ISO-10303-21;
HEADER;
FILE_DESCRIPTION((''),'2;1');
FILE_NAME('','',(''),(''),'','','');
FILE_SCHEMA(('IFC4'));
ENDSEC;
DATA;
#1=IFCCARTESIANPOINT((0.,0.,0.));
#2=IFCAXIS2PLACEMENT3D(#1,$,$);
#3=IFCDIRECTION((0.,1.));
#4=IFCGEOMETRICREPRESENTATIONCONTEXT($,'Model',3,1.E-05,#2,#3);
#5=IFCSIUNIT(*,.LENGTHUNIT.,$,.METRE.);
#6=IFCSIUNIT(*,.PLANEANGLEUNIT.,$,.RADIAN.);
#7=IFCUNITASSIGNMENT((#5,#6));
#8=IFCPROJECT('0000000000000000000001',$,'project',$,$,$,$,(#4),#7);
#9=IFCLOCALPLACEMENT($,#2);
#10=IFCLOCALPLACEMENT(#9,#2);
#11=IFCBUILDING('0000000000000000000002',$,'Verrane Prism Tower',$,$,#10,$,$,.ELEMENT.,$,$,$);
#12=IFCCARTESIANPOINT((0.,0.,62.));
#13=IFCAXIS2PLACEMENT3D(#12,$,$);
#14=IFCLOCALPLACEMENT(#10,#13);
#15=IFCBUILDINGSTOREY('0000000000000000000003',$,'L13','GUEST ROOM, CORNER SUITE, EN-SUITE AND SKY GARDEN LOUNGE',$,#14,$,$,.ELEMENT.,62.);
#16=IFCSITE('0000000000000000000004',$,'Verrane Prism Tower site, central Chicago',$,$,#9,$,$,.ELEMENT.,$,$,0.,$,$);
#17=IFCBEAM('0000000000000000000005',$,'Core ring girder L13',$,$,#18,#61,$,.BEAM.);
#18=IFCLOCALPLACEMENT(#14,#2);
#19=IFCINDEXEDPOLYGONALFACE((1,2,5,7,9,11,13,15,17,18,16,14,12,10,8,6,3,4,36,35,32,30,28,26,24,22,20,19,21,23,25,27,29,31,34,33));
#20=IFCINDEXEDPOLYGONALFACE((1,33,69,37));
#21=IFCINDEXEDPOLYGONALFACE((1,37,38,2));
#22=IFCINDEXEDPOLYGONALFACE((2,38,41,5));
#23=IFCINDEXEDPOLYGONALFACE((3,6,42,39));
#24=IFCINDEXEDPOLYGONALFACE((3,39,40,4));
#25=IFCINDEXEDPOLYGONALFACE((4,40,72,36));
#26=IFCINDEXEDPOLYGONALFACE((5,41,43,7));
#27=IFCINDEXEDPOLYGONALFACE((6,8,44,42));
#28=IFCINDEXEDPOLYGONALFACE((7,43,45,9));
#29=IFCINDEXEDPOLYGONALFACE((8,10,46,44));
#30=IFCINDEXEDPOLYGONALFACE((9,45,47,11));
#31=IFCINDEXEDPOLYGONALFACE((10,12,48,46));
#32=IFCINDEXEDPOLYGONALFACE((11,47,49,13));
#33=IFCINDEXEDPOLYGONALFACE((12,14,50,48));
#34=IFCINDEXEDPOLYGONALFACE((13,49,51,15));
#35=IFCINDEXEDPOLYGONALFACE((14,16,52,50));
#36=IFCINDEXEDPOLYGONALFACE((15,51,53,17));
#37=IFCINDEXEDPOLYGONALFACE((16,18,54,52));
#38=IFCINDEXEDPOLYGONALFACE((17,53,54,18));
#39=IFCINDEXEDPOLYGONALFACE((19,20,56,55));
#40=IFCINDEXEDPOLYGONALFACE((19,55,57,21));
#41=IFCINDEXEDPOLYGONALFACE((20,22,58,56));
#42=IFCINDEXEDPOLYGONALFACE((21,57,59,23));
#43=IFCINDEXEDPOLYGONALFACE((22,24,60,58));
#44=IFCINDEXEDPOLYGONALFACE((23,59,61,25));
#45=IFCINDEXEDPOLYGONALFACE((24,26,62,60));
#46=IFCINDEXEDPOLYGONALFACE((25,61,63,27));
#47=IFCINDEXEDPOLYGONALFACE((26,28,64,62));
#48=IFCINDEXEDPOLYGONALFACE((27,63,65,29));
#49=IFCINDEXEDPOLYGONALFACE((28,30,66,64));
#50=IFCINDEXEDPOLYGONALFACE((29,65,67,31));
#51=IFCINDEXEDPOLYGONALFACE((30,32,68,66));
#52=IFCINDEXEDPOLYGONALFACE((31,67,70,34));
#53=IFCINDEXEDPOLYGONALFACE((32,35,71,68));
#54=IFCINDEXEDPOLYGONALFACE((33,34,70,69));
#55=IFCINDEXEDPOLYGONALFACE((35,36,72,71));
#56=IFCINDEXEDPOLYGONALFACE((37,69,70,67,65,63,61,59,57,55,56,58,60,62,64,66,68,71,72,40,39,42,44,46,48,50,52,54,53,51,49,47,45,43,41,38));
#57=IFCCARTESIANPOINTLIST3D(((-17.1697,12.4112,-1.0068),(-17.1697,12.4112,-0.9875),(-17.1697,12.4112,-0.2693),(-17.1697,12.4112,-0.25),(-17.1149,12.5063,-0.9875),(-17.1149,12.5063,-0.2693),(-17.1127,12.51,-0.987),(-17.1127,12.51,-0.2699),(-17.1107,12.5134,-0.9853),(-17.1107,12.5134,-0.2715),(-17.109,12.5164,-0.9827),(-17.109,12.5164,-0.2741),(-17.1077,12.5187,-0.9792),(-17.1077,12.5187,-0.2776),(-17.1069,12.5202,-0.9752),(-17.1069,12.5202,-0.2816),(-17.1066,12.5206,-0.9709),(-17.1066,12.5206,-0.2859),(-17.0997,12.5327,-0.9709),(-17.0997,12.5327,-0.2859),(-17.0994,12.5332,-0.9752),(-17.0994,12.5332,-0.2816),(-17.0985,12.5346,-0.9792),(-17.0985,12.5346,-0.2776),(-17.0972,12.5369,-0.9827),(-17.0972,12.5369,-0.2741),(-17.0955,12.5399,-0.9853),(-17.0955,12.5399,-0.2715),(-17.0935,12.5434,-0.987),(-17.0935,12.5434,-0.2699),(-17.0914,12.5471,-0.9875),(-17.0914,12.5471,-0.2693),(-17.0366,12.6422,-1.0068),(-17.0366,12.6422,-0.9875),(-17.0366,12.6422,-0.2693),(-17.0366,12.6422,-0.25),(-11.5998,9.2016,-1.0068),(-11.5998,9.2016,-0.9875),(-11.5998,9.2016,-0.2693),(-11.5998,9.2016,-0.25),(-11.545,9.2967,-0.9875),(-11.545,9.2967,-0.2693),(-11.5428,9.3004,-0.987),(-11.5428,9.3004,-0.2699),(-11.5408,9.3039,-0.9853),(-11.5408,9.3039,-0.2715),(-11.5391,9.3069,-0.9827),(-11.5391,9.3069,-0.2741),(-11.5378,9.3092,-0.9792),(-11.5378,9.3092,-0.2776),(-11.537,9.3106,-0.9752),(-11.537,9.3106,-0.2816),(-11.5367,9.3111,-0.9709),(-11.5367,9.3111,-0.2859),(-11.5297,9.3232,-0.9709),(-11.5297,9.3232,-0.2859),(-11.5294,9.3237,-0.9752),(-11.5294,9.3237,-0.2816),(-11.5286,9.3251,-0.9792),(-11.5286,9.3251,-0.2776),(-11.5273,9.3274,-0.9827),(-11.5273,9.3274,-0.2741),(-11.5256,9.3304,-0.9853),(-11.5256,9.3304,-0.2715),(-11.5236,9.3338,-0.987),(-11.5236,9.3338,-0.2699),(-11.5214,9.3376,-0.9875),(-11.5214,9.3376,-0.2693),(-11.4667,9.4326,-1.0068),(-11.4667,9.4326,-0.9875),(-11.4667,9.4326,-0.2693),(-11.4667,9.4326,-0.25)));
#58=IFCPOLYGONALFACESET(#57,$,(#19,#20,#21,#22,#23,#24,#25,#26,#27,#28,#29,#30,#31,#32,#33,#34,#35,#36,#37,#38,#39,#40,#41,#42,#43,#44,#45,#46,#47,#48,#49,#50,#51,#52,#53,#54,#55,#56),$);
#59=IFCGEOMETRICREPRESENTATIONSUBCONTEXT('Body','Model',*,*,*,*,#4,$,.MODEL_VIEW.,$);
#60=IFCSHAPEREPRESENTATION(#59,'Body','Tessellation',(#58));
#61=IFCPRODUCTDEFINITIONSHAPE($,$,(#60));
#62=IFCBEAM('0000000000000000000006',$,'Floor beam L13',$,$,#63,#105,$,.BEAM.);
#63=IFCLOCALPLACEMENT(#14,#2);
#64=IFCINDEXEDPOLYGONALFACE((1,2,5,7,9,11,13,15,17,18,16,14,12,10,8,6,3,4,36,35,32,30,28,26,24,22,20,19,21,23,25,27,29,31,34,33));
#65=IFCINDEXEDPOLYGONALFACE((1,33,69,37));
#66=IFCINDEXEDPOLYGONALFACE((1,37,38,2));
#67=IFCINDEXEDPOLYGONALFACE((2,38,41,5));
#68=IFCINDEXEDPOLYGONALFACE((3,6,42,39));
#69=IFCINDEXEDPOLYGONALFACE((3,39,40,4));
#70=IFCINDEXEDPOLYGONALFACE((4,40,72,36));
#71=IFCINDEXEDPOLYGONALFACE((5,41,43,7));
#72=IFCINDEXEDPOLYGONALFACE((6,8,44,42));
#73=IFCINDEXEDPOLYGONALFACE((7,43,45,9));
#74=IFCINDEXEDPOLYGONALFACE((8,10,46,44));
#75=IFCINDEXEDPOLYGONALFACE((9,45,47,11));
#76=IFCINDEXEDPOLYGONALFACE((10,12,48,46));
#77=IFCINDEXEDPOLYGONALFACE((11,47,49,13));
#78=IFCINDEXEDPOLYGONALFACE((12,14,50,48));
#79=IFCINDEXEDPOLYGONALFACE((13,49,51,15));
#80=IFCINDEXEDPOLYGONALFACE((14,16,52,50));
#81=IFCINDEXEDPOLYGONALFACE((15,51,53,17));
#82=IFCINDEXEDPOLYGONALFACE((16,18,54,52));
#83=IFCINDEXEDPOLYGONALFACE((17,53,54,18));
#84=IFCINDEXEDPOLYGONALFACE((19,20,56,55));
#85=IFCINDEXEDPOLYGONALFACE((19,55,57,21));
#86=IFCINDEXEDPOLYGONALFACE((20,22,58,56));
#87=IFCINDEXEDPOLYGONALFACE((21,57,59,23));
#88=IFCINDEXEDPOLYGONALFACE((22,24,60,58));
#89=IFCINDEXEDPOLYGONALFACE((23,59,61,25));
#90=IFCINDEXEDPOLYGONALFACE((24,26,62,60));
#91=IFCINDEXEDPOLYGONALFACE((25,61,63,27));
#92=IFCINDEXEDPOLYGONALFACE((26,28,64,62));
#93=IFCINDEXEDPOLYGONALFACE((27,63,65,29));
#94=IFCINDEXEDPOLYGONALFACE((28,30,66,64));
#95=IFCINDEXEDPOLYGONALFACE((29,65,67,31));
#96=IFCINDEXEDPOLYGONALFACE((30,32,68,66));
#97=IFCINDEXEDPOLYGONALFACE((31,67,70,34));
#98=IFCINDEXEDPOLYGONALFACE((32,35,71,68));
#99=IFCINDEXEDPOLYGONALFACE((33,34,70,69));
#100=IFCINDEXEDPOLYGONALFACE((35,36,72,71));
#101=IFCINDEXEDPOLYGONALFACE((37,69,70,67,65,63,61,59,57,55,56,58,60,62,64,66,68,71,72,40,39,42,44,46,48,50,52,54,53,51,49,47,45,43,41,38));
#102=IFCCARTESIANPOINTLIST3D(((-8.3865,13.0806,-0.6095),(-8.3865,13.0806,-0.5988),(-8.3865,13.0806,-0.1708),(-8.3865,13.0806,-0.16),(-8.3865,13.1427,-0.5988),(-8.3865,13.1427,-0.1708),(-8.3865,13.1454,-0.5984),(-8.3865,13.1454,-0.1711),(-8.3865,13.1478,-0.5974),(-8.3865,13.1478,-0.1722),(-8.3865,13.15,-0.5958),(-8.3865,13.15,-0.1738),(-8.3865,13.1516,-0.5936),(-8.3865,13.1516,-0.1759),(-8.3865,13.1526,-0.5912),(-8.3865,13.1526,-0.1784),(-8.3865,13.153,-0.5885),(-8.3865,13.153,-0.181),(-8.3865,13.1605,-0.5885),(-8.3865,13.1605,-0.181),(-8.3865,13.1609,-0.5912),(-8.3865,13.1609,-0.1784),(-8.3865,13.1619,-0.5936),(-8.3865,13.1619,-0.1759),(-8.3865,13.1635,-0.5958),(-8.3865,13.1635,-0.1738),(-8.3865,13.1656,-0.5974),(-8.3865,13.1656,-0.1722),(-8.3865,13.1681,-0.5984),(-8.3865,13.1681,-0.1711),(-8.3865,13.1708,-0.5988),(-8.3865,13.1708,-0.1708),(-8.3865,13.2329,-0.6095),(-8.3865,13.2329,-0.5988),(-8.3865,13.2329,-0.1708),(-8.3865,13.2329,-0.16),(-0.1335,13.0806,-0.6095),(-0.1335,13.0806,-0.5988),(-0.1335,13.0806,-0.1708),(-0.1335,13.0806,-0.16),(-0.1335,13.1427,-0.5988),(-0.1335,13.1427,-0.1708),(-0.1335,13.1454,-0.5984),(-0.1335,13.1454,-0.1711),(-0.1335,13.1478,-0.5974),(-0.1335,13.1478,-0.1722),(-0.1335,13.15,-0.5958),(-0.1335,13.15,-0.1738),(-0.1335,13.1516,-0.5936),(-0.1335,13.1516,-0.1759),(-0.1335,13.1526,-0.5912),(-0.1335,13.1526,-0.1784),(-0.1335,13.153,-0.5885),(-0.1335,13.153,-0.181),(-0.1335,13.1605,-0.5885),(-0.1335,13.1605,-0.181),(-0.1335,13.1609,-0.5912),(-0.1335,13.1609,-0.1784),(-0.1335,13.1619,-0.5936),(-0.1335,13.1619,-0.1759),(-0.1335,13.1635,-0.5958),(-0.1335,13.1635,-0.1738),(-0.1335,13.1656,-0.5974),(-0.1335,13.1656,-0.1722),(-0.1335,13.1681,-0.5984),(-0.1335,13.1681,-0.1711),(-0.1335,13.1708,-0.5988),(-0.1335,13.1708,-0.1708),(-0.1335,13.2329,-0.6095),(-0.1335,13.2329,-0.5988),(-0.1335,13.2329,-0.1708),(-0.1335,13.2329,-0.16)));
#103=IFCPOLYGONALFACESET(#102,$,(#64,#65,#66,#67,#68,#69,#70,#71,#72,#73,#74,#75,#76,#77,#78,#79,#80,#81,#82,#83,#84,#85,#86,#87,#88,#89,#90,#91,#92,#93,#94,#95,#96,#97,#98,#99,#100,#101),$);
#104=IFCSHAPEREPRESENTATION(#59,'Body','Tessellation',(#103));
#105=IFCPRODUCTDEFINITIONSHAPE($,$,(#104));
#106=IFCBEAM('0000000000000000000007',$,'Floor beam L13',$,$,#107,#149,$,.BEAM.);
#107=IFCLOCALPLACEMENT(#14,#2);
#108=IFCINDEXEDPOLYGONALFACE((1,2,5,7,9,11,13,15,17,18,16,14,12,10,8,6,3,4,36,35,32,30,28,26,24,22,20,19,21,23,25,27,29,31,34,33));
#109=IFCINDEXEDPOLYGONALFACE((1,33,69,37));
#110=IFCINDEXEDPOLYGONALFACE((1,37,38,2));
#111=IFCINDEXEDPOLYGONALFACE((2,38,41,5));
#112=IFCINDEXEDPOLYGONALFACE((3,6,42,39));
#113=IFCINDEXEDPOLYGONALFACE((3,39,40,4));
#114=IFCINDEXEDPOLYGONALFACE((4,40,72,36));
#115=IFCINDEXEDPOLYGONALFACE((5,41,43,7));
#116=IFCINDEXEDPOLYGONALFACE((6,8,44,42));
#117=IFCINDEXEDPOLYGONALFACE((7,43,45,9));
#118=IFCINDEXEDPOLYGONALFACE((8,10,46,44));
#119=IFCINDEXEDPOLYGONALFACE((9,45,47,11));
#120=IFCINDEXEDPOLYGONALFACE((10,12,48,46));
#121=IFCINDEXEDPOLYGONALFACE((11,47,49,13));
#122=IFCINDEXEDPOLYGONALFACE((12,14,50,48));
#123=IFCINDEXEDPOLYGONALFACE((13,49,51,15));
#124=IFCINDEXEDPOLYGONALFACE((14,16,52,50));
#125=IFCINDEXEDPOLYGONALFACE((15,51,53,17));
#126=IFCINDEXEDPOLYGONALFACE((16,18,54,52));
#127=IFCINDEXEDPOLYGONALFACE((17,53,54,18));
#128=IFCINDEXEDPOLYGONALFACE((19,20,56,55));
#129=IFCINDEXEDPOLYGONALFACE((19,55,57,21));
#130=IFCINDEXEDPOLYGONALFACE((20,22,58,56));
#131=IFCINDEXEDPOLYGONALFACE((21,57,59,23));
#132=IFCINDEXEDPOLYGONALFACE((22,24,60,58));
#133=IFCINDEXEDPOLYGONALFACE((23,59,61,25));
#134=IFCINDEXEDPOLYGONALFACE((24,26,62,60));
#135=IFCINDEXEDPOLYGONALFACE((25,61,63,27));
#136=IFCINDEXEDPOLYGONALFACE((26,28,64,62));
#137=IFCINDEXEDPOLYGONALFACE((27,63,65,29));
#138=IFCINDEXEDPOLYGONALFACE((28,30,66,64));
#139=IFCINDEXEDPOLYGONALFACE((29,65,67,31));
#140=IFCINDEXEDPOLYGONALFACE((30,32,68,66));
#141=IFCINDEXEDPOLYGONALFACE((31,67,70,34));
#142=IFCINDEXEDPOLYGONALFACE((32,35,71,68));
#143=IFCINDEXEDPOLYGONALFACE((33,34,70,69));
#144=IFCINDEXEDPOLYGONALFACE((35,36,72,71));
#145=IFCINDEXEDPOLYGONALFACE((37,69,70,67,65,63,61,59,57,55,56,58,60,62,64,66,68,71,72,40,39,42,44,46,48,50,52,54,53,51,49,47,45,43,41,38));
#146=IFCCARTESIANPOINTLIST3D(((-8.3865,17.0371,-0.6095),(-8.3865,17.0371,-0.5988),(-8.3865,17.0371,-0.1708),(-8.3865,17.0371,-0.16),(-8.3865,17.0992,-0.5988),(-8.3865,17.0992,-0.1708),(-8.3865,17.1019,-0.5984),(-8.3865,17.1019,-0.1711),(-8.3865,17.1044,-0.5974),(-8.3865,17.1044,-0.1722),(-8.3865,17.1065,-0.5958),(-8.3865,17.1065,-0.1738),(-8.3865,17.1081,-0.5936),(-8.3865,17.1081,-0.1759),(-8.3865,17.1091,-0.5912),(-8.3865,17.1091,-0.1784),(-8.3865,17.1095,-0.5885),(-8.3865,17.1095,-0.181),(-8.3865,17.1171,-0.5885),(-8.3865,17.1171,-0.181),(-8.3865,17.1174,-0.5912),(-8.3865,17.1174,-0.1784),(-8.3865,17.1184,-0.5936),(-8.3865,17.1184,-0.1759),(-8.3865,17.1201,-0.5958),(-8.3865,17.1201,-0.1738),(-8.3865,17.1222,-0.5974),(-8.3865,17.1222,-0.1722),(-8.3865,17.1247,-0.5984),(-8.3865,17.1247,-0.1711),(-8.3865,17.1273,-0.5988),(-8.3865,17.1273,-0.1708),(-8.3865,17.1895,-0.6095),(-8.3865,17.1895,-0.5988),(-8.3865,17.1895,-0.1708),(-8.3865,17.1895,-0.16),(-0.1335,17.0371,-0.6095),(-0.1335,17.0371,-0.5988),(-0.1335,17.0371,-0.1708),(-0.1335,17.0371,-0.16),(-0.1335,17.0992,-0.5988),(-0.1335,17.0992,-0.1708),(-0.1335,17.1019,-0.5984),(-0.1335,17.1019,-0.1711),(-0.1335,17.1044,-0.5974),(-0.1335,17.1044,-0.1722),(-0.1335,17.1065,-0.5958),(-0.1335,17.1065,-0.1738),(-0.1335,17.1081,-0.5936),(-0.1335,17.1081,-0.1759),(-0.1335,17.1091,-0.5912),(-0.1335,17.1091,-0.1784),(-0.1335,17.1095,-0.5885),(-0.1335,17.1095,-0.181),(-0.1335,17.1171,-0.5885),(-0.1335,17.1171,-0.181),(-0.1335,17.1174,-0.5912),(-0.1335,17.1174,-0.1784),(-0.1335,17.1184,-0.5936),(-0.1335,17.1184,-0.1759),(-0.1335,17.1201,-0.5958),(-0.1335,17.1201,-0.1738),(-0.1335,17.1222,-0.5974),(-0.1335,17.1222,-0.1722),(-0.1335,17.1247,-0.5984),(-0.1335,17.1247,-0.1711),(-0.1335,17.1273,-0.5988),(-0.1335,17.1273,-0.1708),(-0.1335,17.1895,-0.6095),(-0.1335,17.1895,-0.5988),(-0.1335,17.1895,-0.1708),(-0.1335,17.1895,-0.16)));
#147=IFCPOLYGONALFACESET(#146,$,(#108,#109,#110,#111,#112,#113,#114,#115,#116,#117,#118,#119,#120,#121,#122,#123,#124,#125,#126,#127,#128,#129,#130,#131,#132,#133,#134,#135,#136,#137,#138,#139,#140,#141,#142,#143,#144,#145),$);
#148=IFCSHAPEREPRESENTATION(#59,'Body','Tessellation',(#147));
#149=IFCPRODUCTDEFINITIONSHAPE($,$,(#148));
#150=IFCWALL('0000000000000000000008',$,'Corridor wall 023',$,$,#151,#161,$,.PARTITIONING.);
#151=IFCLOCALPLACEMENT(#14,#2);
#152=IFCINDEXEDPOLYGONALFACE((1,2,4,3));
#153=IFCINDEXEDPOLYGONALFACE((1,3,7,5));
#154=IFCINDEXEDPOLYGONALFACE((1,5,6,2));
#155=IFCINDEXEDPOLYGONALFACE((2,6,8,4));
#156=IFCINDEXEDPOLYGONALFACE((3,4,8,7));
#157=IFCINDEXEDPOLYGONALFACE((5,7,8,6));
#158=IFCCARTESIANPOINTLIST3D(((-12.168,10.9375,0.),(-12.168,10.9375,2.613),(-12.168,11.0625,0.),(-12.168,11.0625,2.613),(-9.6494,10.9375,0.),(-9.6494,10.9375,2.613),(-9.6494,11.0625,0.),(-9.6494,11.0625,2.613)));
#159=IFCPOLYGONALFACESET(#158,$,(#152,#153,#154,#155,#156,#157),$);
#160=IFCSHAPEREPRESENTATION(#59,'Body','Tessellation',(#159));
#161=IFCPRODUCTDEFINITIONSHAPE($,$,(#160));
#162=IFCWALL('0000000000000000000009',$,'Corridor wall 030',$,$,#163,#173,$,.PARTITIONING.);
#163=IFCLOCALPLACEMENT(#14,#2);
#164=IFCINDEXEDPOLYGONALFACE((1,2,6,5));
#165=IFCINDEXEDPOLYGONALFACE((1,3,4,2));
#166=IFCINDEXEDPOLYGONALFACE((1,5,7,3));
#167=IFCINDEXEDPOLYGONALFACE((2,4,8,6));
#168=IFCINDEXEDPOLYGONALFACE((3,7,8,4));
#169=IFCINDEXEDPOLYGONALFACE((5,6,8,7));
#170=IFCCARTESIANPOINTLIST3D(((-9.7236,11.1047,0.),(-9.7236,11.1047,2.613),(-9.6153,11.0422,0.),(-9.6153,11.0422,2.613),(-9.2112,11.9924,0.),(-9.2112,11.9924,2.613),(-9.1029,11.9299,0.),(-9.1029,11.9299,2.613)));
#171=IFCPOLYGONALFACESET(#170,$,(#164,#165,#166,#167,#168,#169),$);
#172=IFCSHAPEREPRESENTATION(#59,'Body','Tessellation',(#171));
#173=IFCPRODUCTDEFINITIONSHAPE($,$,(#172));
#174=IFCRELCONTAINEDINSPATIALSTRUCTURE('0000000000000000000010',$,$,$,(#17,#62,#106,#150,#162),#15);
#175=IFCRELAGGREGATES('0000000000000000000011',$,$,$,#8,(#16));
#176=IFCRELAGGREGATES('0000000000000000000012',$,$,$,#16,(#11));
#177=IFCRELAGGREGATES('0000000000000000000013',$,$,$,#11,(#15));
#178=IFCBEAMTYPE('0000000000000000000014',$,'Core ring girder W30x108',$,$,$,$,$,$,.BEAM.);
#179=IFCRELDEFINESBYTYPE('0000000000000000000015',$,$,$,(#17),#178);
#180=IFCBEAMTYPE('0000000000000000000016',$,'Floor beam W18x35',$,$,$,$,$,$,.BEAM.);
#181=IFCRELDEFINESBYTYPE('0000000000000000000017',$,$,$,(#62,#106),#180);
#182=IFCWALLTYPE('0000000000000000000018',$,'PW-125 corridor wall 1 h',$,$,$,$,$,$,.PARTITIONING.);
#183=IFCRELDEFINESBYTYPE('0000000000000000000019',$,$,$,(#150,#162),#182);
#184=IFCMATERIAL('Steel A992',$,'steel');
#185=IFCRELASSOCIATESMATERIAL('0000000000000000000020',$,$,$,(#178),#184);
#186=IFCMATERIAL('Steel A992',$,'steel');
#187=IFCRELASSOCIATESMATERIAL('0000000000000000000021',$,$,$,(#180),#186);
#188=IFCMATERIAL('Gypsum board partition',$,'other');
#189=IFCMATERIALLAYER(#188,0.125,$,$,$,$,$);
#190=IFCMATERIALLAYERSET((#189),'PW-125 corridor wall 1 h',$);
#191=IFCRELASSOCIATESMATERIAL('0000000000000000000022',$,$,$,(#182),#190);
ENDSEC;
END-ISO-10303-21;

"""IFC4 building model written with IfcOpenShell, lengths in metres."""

from ifc_helpers import new_model, si_unit, direction, frame, frame_2d, origin, origin_2d, place, context, subcontext, project, spatial, rectangle, i_section, extrude, material, layer, layer_set, material_profile, profile_set, type_object, element, save


model = new_model("IFC4")

# Units and contexts
model_context = context("Model", 3, precision=1e-05, world=origin(), true_north=direction((0.0, 1.0)))
body_context = subcontext(model_context, "Body", "Model", "MODEL_VIEW")
ifc_project = project(units=[si_unit("LENGTHUNIT", "METRE"), si_unit("PLANEANGLEUNIT", "RADIAN")], contexts=[model_context])

# Site, building, storey
site_placement = place(None, origin())
site = spatial("IfcSite", under=ifc_project, at=site_placement, Name="Verrane Prism Tower site, central Chicago", CompositionType="ELEMENT", RefElevation=0.0)
building_placement = place(site_placement, origin())
building = spatial("IfcBuilding", under=site, at=building_placement, Name="Verrane Prism Tower", CompositionType="ELEMENT")
storey_placement = place(building_placement, frame((0.0, 0.0, 62.0)))
storey = spatial("IfcBuildingStorey", under=building, at=storey_placement, Name="L13", Description="GUEST ROOM, CORNER SUITE, EN-SUITE AND SKY GARDEN LOUNGE", CompositionType="ELEMENT", Elevation=62.0)

# Beams
ifc_material_1 = material(Name="Steel A992", Category="steel")
ifc_material_profile_1 = material_profile(ifc_material_1, i_section(OverallWidth=0.2666, OverallDepth=0.7568, WebThickness=0.0139, FlangeThickness=0.0193, FilletRadius=0.0166, at=origin_2d()), Name="W30x108")
ifc_profile_set_1 = profile_set([ifc_material_profile_1], Name="Steel A992")
beam_type_1 = type_object("IfcBeamType", Name="Core ring girder W30x108", PredefinedType="BEAM", material=ifc_profile_set_1)
beam_placement = place(storey_placement, frame((-11.5332, 9.3171, -0.6284), z_axis=(-0.866447, 0.499269, 0.0), x_axis=(-0.499269, -0.866447, 0.0)))
element("IfcBeam", 1, at=beam_placement, inside=storey, type_object=beam_type_1, Name="Core ring girder L13", PredefinedType="BEAM", context=body_context, shape_type="SweptSolid", body=[
    extrude(i_section(OverallWidth=0.2666, OverallDepth=0.7568, WebThickness=0.0139, FlangeThickness=0.0193, FilletRadius=0.0166, at=origin_2d()), origin(), (0.0, 0.0, 1.0), 6.4285),
])
ifc_material_2 = material(Name="Steel A992", Category="steel")
ifc_material_profile_2 = material_profile(ifc_material_2, i_section(OverallWidth=0.1523, OverallDepth=0.4495, WebThickness=0.0076, FlangeThickness=0.0107, FilletRadius=0.0103, at=origin_2d()), Name="W18x35")
ifc_profile_set_2 = profile_set([ifc_material_profile_2], Name="Steel A992")
beam_type_2 = type_object("IfcBeamType", Name="Floor beam W18x35", PredefinedType="BEAM", material=ifc_profile_set_2)
for number, where, z_axis, x_axis, name in (
    (2, (-8.3865, 13.1567, -0.3848), (1.0, 0.0, 0.0), (0.0, 1.0, 0.0), "Floor beam L13"),
    (3, (-8.3865, 17.1133, -0.3848), (1.0, 0.0, 0.0), (0.0, 1.0, 0.0), "Floor beam L13"),
):
    element("IfcBeam", number, at=place(storey_placement, frame(where, z_axis=z_axis, x_axis=x_axis)), inside=storey, type_object=beam_type_2, Name=name, PredefinedType="BEAM", context=body_context, shape_type="SweptSolid", body=[
        extrude(i_section(OverallWidth=0.1523, OverallDepth=0.4495, WebThickness=0.0076, FlangeThickness=0.0107, FilletRadius=0.0103, at=origin_2d()), origin(), (0.0, 0.0, 1.0), 8.2529),
    ])

# Walls
ifc_material_3 = material(Name="Gypsum board partition", Category="other")
ifc_layer_1 = layer(ifc_material_3, 0.125)
ifc_layer_set_1 = layer_set([ifc_layer_1], Name="PW-125 corridor wall 1 h")
wall_type_1 = type_object("IfcWallType", Name="PW-125 corridor wall 1 h", PredefinedType="PARTITIONING", material=ifc_layer_set_1)
wall_1_placement = place(storey_placement, frame((-12.168, 11.0, 0.0), z_axis=(0.0, 0.0, 1.0), x_axis=(1.0, 0.0, 0.0)))
element("IfcWall", 4, at=wall_1_placement, inside=storey, type_object=wall_type_1, Name="Corridor wall 023", PredefinedType="PARTITIONING", context=body_context, shape_type="SweptSolid", body=[
    extrude(rectangle(XDim=2.5186, YDim=0.125, at=frame_2d((1.2593, 0.0))), origin(), (0.0, 0.0, 1.0), 2.613),
])
wall_2_placement = place(storey_placement, frame((-9.6694, 11.0735, 0.0), z_axis=(0.0, 0.0, 1.0), x_axis=(0.499956, 0.866051, 0.0)))
element("IfcWall", 5, at=wall_2_placement, inside=storey, type_object=wall_type_1, Name="Corridor wall 030", PredefinedType="PARTITIONING", context=body_context, shape_type="SweptSolid", body=[
    extrude(rectangle(XDim=1.0249, YDim=0.125, at=frame_2d((0.5125, 0.0))), origin(), (0.0, 0.0, 1.0), 2.613),
])

save(model, "model.ifc")
